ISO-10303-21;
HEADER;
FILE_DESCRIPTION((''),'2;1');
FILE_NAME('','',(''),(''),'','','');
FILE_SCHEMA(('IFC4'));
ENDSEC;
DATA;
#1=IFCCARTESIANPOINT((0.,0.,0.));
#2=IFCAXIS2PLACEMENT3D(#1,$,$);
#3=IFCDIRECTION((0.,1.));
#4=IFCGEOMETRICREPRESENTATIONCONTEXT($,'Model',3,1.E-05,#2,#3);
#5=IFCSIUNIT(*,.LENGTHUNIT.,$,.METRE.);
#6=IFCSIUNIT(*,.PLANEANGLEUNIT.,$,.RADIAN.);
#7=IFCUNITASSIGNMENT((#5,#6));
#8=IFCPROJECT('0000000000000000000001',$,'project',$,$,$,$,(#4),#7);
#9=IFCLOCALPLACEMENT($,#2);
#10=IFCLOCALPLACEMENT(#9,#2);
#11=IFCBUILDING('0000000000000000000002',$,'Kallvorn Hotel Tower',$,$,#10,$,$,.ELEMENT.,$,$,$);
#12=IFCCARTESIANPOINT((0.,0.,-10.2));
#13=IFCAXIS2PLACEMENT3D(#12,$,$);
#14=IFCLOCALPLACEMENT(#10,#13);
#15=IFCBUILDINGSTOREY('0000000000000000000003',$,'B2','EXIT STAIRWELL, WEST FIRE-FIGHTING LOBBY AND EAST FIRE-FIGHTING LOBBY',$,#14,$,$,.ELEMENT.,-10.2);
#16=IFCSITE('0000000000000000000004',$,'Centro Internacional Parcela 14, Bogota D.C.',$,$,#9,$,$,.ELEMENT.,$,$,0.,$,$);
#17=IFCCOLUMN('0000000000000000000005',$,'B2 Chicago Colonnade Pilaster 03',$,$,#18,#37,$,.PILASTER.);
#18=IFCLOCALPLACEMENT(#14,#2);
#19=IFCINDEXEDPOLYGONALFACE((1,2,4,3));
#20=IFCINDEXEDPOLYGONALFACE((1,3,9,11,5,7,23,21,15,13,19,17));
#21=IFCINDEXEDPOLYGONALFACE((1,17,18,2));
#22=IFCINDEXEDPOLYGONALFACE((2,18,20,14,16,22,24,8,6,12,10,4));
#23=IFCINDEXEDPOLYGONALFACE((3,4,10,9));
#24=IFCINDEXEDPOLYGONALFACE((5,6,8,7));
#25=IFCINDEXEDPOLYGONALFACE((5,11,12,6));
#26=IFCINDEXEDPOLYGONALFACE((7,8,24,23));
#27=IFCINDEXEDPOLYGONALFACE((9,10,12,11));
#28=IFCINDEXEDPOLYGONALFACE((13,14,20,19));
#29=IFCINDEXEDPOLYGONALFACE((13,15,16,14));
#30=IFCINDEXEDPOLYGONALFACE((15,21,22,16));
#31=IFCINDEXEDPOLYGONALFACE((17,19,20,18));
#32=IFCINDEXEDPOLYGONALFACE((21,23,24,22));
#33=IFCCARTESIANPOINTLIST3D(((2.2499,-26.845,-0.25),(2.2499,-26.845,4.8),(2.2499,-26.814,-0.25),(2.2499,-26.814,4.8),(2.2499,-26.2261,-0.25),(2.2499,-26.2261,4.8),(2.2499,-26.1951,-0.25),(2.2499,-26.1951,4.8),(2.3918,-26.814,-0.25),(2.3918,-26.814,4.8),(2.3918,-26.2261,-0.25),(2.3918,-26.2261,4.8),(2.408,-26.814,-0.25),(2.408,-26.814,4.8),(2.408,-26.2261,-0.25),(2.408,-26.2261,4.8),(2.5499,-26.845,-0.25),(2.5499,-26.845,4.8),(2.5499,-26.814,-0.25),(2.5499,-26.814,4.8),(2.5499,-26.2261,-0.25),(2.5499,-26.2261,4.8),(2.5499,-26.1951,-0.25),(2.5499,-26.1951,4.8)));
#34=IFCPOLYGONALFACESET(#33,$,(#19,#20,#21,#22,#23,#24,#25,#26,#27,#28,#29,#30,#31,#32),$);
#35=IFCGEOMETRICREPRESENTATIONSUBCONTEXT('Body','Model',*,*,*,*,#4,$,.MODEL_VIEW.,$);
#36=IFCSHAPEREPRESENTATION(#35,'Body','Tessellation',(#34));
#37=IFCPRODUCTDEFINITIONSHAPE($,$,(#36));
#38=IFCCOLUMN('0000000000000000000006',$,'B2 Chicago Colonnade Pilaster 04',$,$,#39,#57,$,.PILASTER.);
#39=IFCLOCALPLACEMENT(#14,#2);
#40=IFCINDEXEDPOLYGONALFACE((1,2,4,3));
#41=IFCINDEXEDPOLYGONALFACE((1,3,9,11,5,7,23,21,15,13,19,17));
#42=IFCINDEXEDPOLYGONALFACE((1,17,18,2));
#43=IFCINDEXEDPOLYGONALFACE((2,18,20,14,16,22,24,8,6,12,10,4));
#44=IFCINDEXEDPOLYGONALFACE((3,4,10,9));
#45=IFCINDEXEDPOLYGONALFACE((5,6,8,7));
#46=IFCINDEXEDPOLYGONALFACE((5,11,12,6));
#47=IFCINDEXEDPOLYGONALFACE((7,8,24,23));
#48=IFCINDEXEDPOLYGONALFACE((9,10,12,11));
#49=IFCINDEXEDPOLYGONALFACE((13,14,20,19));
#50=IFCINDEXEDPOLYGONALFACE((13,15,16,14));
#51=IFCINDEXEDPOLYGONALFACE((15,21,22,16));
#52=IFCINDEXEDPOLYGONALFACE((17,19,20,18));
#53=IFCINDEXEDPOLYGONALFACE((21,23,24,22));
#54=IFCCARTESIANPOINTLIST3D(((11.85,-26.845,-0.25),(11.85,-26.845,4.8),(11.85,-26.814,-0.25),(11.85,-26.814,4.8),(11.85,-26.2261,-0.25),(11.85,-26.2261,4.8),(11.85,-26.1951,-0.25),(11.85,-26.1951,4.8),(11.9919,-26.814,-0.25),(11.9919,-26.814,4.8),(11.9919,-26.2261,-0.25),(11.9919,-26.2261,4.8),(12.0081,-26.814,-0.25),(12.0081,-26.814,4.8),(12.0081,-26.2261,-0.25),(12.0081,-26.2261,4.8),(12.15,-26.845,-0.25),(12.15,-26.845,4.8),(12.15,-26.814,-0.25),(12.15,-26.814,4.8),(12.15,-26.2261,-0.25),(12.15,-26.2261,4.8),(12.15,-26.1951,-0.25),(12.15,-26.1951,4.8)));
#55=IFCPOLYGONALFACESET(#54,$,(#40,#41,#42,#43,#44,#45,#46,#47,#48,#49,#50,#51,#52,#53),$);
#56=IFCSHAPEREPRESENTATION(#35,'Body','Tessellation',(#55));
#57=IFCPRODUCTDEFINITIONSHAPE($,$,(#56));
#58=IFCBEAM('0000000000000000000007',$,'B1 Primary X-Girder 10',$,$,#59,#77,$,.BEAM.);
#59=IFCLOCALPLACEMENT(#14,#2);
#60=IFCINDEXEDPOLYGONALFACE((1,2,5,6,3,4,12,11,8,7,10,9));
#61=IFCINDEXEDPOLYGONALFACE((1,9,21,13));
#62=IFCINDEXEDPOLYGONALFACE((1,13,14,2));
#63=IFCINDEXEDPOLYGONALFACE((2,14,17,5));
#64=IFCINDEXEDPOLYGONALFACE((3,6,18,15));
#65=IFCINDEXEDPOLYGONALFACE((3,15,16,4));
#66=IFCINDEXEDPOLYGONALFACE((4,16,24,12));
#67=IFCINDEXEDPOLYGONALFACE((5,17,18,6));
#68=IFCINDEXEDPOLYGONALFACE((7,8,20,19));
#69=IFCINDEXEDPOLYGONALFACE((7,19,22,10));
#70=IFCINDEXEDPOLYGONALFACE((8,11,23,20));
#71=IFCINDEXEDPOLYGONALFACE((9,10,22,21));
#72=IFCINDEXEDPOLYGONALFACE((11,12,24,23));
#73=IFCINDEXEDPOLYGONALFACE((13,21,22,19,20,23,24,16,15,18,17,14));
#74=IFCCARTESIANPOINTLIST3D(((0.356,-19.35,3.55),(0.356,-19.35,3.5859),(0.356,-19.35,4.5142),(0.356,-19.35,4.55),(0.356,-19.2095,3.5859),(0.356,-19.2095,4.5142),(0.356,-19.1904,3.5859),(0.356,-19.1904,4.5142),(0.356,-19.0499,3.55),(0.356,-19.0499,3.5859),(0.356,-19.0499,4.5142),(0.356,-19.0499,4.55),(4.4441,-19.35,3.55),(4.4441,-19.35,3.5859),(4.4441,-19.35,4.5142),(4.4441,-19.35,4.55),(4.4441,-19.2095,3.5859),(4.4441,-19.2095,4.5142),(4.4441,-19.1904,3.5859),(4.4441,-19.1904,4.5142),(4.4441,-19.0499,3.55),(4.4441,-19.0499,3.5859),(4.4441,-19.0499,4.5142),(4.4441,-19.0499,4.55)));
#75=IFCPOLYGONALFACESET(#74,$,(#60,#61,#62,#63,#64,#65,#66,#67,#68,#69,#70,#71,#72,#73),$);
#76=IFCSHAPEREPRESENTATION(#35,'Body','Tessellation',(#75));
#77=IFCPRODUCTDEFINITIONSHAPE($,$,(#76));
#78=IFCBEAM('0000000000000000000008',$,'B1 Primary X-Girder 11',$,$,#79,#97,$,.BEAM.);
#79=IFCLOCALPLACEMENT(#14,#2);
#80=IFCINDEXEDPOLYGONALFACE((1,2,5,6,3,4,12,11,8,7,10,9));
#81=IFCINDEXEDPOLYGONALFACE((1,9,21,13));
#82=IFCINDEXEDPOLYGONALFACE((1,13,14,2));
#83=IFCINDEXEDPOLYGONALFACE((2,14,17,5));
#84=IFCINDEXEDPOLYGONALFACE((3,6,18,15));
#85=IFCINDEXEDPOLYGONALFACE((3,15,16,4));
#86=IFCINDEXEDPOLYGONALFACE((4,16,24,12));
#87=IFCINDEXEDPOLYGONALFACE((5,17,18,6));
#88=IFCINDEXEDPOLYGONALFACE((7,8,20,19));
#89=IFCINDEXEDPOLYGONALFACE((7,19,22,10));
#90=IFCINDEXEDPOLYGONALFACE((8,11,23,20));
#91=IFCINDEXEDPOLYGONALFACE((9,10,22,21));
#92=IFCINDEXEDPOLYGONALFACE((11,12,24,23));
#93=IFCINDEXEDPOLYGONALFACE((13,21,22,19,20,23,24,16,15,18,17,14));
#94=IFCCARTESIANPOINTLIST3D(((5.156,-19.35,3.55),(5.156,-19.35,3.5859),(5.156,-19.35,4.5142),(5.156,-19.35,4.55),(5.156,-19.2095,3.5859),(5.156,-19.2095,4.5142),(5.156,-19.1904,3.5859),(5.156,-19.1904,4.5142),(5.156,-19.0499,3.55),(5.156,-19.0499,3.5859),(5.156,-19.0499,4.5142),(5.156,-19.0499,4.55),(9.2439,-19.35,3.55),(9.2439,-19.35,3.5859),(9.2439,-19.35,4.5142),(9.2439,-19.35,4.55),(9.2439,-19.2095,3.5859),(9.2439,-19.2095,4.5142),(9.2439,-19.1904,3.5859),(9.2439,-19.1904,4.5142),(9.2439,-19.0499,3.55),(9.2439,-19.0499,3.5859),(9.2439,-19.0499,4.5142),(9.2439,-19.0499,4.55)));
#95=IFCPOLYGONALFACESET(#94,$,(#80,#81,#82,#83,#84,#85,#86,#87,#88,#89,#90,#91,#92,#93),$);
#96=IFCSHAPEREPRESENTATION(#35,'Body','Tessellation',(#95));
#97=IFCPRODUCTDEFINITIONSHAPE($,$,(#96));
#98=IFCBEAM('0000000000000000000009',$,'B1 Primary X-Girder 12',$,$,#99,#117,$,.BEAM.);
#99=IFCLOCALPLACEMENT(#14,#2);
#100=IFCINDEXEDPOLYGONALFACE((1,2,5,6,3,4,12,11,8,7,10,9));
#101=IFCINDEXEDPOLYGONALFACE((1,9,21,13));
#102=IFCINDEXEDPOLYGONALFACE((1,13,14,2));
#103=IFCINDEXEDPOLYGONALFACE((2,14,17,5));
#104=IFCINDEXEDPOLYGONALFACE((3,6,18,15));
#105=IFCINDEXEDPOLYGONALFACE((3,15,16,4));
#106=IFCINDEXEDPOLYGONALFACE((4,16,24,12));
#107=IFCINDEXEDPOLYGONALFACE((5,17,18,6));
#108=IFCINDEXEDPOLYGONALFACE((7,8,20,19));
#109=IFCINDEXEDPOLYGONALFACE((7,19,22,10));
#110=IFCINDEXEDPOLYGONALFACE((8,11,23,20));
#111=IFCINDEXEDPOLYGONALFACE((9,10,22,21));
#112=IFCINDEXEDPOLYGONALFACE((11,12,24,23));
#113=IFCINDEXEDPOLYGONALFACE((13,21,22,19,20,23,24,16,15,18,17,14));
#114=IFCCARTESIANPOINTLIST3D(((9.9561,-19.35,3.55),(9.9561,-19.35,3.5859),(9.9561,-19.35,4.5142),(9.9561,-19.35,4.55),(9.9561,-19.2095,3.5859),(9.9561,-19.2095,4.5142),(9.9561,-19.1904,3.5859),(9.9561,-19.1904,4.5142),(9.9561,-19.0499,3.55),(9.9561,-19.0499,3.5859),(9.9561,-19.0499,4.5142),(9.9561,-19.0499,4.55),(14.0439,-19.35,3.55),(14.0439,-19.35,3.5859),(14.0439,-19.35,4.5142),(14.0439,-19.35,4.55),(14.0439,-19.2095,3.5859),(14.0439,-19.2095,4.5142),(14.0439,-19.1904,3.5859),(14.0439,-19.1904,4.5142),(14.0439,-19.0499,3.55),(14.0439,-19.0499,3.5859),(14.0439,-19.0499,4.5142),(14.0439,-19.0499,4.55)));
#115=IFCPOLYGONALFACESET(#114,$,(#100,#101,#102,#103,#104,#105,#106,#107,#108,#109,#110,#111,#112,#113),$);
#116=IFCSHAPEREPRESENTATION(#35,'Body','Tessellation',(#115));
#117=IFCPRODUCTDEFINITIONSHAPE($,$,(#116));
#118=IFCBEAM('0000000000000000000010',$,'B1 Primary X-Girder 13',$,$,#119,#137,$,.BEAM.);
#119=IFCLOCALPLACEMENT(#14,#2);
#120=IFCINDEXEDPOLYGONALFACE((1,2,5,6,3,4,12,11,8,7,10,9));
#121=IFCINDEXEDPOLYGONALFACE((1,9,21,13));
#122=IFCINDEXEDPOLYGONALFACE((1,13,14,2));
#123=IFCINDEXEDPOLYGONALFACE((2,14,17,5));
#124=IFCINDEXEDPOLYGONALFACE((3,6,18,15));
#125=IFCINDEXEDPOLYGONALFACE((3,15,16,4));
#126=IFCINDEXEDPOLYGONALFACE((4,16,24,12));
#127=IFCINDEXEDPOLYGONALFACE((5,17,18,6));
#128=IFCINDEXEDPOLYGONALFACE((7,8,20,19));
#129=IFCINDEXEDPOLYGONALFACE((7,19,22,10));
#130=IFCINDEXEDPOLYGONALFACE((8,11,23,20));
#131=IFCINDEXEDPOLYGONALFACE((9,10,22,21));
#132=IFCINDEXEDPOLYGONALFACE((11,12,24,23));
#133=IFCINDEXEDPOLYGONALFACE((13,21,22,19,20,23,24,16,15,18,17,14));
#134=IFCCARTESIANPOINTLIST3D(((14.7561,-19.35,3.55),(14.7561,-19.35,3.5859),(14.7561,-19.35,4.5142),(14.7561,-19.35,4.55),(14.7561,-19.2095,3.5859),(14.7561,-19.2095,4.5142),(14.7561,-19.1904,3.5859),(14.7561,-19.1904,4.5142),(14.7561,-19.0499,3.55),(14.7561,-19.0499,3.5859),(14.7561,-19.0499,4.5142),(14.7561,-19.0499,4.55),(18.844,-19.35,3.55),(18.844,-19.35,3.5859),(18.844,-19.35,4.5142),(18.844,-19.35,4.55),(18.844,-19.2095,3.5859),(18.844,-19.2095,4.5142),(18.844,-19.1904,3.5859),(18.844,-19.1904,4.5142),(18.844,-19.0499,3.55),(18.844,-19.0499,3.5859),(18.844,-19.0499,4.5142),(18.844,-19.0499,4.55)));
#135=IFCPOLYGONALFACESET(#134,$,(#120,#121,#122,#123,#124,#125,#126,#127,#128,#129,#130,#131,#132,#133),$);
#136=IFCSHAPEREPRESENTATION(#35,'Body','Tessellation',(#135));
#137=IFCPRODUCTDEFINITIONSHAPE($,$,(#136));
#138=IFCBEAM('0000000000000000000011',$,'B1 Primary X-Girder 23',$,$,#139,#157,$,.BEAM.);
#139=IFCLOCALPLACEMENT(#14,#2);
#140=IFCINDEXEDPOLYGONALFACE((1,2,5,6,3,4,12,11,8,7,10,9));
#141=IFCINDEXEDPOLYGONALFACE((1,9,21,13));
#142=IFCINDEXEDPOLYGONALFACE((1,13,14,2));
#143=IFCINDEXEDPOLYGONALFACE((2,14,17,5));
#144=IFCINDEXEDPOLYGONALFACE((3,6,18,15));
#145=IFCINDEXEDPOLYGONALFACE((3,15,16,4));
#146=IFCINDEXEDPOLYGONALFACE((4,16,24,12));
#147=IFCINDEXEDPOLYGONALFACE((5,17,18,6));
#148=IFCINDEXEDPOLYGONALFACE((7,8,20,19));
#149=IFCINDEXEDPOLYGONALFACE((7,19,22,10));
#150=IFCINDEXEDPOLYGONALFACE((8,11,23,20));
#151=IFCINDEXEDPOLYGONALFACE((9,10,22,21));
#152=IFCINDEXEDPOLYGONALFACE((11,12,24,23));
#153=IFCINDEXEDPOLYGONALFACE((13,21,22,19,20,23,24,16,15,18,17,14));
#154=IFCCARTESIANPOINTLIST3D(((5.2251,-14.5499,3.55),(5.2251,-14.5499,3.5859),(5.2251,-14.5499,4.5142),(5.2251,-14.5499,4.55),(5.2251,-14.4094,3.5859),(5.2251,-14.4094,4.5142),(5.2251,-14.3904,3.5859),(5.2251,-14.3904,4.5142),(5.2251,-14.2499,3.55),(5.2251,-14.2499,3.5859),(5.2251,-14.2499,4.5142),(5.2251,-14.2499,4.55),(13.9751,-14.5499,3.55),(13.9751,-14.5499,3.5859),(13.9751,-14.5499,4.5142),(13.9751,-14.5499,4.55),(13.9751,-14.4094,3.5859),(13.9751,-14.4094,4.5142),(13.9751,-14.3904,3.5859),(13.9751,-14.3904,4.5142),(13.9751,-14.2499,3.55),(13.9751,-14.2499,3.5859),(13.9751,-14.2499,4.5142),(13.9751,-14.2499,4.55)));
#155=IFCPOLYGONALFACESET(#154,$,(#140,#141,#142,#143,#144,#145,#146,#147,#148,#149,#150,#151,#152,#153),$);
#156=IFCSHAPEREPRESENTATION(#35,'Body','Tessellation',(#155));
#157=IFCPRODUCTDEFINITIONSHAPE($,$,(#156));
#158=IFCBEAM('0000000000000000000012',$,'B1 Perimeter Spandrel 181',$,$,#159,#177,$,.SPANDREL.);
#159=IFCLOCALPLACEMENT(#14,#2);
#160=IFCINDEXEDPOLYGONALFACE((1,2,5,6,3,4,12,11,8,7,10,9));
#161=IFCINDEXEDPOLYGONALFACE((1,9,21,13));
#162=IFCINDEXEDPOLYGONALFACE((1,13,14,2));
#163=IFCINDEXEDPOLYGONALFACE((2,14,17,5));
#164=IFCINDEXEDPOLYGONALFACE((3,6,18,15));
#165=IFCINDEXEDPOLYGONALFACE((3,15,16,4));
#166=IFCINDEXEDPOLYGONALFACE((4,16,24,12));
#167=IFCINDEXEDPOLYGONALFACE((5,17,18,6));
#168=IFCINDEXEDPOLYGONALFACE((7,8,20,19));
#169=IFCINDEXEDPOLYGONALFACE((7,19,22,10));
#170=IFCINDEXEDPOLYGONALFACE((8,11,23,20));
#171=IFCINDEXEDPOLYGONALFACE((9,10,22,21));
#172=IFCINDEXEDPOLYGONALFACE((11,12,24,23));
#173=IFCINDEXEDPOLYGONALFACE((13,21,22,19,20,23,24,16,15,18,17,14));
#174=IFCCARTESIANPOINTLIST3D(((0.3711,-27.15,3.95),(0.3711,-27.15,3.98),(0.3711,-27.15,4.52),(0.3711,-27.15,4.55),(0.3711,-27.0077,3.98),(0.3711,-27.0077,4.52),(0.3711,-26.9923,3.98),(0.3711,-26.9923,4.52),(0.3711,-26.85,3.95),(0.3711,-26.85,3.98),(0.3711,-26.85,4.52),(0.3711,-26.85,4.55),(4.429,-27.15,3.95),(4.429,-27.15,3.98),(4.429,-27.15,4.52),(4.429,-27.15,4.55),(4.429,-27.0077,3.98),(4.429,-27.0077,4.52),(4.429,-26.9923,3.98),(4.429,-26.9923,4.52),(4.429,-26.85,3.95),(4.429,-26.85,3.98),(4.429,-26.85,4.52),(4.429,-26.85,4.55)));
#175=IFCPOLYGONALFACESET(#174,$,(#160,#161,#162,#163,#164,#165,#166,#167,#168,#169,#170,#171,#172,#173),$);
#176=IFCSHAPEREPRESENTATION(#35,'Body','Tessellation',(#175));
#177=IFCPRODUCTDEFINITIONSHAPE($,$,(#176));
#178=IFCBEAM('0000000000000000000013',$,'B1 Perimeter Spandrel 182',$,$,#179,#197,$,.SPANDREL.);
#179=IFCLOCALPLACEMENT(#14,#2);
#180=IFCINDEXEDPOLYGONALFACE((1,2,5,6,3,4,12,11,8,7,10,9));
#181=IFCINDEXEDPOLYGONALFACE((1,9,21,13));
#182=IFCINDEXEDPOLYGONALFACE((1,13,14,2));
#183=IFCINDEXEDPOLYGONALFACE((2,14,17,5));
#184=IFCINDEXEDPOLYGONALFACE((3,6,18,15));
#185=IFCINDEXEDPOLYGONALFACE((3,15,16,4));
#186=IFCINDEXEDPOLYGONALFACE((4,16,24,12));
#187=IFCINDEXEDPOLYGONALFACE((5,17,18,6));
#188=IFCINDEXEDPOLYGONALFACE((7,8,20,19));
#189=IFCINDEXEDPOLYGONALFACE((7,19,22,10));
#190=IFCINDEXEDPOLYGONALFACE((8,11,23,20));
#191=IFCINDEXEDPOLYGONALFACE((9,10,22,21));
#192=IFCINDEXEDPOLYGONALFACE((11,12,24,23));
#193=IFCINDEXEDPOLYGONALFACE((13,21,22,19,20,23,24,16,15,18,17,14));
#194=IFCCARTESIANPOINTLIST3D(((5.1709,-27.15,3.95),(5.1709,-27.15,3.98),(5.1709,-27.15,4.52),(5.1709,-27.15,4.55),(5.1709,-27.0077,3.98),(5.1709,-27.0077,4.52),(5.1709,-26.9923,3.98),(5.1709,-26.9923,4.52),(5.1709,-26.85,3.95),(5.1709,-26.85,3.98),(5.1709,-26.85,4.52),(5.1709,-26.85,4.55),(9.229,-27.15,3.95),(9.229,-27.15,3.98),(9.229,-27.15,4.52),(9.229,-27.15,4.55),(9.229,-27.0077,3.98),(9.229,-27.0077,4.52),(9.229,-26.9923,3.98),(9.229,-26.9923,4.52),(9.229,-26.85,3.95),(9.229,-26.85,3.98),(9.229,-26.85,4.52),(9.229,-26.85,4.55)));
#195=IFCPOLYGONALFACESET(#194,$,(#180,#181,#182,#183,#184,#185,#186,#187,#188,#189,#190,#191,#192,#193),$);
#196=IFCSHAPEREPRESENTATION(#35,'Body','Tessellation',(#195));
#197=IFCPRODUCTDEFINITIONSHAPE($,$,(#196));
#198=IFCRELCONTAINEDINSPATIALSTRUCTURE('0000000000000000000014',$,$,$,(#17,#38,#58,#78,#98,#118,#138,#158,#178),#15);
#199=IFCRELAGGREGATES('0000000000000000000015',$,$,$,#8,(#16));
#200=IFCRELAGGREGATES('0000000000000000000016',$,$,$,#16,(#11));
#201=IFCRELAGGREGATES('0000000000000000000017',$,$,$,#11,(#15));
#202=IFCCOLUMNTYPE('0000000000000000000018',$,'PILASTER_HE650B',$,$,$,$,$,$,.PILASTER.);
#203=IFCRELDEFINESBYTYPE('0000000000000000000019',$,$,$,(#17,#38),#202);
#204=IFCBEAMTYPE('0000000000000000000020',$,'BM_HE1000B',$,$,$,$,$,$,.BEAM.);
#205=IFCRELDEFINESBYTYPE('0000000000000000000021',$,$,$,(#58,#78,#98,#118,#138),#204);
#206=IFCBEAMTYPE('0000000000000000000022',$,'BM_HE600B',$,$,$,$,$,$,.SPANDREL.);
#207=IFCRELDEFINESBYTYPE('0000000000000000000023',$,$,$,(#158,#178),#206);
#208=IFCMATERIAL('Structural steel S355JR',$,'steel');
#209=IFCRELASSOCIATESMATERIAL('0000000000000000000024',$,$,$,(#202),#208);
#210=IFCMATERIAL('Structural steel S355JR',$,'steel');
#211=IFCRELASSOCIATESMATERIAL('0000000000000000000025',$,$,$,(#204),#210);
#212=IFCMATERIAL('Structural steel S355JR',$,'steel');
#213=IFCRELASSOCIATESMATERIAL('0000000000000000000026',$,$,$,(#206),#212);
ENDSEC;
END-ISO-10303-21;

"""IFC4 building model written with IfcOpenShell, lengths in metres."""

from ifc_helpers import new_model, si_unit, direction, frame, origin, origin_2d, place, context, subcontext, project, spatial, i_section, extrude, material, material_profile, profile_set, type_object, element, save


model = new_model("IFC4")

# Units and contexts
model_context = context("Model", 3, precision=1e-05, world=origin(), true_north=direction((0.0, 1.0)))
body_context = subcontext(model_context, "Body", "Model", "MODEL_VIEW")
ifc_project = project(units=[si_unit("LENGTHUNIT", "METRE"), si_unit("PLANEANGLEUNIT", "RADIAN")], contexts=[model_context])

# Site, building, storey
site_placement = place(None, origin())
site = spatial("IfcSite", under=ifc_project, at=site_placement, Name="Centro Internacional Parcela 14, Bogota D.C.", CompositionType="ELEMENT", RefElevation=0.0)
building_placement = place(site_placement, origin())
building = spatial("IfcBuilding", under=site, at=building_placement, Name="Kallvorn Hotel Tower", CompositionType="ELEMENT")
storey_placement = place(building_placement, frame((0.0, 0.0, -10.2)))
storey = spatial("IfcBuildingStorey", under=building, at=storey_placement, Name="B2", Description="EXIT STAIRWELL, WEST FIRE-FIGHTING LOBBY AND EAST FIRE-FIGHTING LOBBY", CompositionType="ELEMENT", Elevation=-10.2)

# Columns
ifc_material_1 = material(Name="Structural steel S355JR", Category="steel")
ifc_material_profile_1 = material_profile(ifc_material_1, i_section(OverallWidth=0.3, OverallDepth=0.6499, WebThickness=0.0161, FlangeThickness=0.031, at=origin_2d()), Name="HE 650 B")
ifc_profile_set_1 = profile_set([ifc_material_profile_1], Name="Structural steel S355JR")
column_type_1 = type_object("IfcColumnType", Name="PILASTER_HE650B", PredefinedType="PILASTER", material=ifc_profile_set_1)
for number, where, z_axis, x_axis, name in (
    (1, (2.3999, -26.52, -0.25), (0.0, 0.0, 1.0), (1.0, 0.0, 0.0), "B2 Chicago Colonnade Pilaster 03"),
    (2, (12.0, -26.52, -0.25), (0.0, 0.0, 1.0), (1.0, 0.0, 0.0), "B2 Chicago Colonnade Pilaster 04"),
):
    element("IfcColumn", number, at=place(storey_placement, frame(where, z_axis=z_axis, x_axis=x_axis)), inside=storey, type_object=column_type_1, Name=name, PredefinedType="PILASTER", context=body_context, shape_type="SweptSolid", body=[
        extrude(i_section(OverallWidth=0.3, OverallDepth=0.6499, WebThickness=0.0161, FlangeThickness=0.031, at=origin_2d()), origin(), (0.0, 0.0, 1.0), 5.05),
    ])

# Beams
ifc_material_2 = material(Name="Structural steel S355JR", Category="steel")
ifc_material_profile_2 = material_profile(ifc_material_2, i_section(OverallWidth=0.3, OverallDepth=1.0, WebThickness=0.019, FlangeThickness=0.0359, at=origin_2d()), Name="HE 1000 B")
ifc_profile_set_2 = profile_set([ifc_material_profile_2], Name="Structural steel S355JR")
beam_type_1 = type_object("IfcBeamType", Name="BM_HE1000B", PredefinedType="BEAM", material=ifc_profile_set_2)
beam_1_placement = place(storey_placement, frame((0.356, -19.2, 4.05), z_axis=(1.0, 0.0, 0.0), x_axis=(0.0, 1.0, 0.0)))
element("IfcBeam", 3, at=beam_1_placement, inside=storey, type_object=beam_type_1, Name="B1 Primary X-Girder 10", PredefinedType="BEAM", context=body_context, shape_type="SweptSolid", body=[
    extrude(i_section(OverallWidth=0.3, OverallDepth=1.0, WebThickness=0.019, FlangeThickness=0.0359, at=origin_2d()), origin(), (0.0, 0.0, 1.0), 4.0881),
])
for number, where, z_axis, x_axis, name in (
    (4, (5.156, -19.2, 4.05), (1.0, 0.0, 0.0), (0.0, 1.0, 0.0), "B1 Primary X-Girder 11"),
    (5, (9.9561, -19.2, 4.05), (1.0, 0.0, 0.0), (0.0, 1.0, 0.0), "B1 Primary X-Girder 12"),
    (6, (14.7561, -19.2, 4.05), (1.0, 0.0, 0.0), (0.0, 1.0, 0.0), "B1 Primary X-Girder 13"),
):
    element("IfcBeam", number, at=place(storey_placement, frame(where, z_axis=z_axis, x_axis=x_axis)), inside=storey, type_object=beam_type_1, Name=name, PredefinedType="BEAM", context=body_context, shape_type="SweptSolid", body=[
        extrude(i_section(OverallWidth=0.3, OverallDepth=1.0, WebThickness=0.019, FlangeThickness=0.0359, at=origin_2d()), origin(), (0.0, 0.0, 1.0), 4.0879),
    ])
beam_2_placement = place(storey_placement, frame((5.2251, -14.3999, 4.05), z_axis=(1.0, 0.0, 0.0), x_axis=(0.0, 1.0, 0.0)))
element("IfcBeam", 7, at=beam_2_placement, inside=storey, type_object=beam_type_1, Name="B1 Primary X-Girder 23", PredefinedType="BEAM", context=body_context, shape_type="SweptSolid", body=[
    extrude(i_section(OverallWidth=0.3, OverallDepth=1.0, WebThickness=0.019, FlangeThickness=0.0359, at=origin_2d()), origin(), (0.0, 0.0, 1.0), 8.75),
])
ifc_material_3 = material(Name="Structural steel S355JR", Category="steel")
ifc_material_profile_3 = material_profile(ifc_material_3, i_section(OverallWidth=0.3, OverallDepth=0.6001, WebThickness=0.0154, FlangeThickness=0.03, at=origin_2d()), Name="HE 600 B")
ifc_profile_set_3 = profile_set([ifc_material_profile_3], Name="Structural steel S355JR")
beam_type_2 = type_object("IfcBeamType", Name="BM_HE600B", PredefinedType="SPANDREL", material=ifc_profile_set_3)
beam_3_placement = place(storey_placement, frame((0.3711, -27.0, 4.25), z_axis=(1.0, 0.0, 0.0), x_axis=(0.0, 1.0, 0.0)))
element("IfcBeam", 8, at=beam_3_placement, inside=storey, type_object=beam_type_2, Name="B1 Perimeter Spandrel 181", PredefinedType="SPANDREL", context=body_context, shape_type="SweptSolid", body=[
    extrude(i_section(OverallWidth=0.3, OverallDepth=0.6001, WebThickness=0.0154, FlangeThickness=0.03, at=origin_2d()), origin(), (0.0, 0.0, 1.0), 4.0579),
])
for number, where, z_axis, x_axis, name in (
    (9, (5.1709, -27.0, 4.25), (1.0, 0.0, 0.0), (0.0, 1.0, 0.0), "B1 Perimeter Spandrel 182"),
):
    element("IfcBeam", number, at=place(storey_placement, frame(where, z_axis=z_axis, x_axis=x_axis)), inside=storey, type_object=beam_type_2, Name=name, PredefinedType="SPANDREL", context=body_context, shape_type="SweptSolid", body=[
        extrude(i_section(OverallWidth=0.3, OverallDepth=0.6001, WebThickness=0.0154, FlangeThickness=0.03, at=origin_2d()), origin(), (0.0, 0.0, 1.0), 4.0581),
    ])

save(model, "model.ifc")
